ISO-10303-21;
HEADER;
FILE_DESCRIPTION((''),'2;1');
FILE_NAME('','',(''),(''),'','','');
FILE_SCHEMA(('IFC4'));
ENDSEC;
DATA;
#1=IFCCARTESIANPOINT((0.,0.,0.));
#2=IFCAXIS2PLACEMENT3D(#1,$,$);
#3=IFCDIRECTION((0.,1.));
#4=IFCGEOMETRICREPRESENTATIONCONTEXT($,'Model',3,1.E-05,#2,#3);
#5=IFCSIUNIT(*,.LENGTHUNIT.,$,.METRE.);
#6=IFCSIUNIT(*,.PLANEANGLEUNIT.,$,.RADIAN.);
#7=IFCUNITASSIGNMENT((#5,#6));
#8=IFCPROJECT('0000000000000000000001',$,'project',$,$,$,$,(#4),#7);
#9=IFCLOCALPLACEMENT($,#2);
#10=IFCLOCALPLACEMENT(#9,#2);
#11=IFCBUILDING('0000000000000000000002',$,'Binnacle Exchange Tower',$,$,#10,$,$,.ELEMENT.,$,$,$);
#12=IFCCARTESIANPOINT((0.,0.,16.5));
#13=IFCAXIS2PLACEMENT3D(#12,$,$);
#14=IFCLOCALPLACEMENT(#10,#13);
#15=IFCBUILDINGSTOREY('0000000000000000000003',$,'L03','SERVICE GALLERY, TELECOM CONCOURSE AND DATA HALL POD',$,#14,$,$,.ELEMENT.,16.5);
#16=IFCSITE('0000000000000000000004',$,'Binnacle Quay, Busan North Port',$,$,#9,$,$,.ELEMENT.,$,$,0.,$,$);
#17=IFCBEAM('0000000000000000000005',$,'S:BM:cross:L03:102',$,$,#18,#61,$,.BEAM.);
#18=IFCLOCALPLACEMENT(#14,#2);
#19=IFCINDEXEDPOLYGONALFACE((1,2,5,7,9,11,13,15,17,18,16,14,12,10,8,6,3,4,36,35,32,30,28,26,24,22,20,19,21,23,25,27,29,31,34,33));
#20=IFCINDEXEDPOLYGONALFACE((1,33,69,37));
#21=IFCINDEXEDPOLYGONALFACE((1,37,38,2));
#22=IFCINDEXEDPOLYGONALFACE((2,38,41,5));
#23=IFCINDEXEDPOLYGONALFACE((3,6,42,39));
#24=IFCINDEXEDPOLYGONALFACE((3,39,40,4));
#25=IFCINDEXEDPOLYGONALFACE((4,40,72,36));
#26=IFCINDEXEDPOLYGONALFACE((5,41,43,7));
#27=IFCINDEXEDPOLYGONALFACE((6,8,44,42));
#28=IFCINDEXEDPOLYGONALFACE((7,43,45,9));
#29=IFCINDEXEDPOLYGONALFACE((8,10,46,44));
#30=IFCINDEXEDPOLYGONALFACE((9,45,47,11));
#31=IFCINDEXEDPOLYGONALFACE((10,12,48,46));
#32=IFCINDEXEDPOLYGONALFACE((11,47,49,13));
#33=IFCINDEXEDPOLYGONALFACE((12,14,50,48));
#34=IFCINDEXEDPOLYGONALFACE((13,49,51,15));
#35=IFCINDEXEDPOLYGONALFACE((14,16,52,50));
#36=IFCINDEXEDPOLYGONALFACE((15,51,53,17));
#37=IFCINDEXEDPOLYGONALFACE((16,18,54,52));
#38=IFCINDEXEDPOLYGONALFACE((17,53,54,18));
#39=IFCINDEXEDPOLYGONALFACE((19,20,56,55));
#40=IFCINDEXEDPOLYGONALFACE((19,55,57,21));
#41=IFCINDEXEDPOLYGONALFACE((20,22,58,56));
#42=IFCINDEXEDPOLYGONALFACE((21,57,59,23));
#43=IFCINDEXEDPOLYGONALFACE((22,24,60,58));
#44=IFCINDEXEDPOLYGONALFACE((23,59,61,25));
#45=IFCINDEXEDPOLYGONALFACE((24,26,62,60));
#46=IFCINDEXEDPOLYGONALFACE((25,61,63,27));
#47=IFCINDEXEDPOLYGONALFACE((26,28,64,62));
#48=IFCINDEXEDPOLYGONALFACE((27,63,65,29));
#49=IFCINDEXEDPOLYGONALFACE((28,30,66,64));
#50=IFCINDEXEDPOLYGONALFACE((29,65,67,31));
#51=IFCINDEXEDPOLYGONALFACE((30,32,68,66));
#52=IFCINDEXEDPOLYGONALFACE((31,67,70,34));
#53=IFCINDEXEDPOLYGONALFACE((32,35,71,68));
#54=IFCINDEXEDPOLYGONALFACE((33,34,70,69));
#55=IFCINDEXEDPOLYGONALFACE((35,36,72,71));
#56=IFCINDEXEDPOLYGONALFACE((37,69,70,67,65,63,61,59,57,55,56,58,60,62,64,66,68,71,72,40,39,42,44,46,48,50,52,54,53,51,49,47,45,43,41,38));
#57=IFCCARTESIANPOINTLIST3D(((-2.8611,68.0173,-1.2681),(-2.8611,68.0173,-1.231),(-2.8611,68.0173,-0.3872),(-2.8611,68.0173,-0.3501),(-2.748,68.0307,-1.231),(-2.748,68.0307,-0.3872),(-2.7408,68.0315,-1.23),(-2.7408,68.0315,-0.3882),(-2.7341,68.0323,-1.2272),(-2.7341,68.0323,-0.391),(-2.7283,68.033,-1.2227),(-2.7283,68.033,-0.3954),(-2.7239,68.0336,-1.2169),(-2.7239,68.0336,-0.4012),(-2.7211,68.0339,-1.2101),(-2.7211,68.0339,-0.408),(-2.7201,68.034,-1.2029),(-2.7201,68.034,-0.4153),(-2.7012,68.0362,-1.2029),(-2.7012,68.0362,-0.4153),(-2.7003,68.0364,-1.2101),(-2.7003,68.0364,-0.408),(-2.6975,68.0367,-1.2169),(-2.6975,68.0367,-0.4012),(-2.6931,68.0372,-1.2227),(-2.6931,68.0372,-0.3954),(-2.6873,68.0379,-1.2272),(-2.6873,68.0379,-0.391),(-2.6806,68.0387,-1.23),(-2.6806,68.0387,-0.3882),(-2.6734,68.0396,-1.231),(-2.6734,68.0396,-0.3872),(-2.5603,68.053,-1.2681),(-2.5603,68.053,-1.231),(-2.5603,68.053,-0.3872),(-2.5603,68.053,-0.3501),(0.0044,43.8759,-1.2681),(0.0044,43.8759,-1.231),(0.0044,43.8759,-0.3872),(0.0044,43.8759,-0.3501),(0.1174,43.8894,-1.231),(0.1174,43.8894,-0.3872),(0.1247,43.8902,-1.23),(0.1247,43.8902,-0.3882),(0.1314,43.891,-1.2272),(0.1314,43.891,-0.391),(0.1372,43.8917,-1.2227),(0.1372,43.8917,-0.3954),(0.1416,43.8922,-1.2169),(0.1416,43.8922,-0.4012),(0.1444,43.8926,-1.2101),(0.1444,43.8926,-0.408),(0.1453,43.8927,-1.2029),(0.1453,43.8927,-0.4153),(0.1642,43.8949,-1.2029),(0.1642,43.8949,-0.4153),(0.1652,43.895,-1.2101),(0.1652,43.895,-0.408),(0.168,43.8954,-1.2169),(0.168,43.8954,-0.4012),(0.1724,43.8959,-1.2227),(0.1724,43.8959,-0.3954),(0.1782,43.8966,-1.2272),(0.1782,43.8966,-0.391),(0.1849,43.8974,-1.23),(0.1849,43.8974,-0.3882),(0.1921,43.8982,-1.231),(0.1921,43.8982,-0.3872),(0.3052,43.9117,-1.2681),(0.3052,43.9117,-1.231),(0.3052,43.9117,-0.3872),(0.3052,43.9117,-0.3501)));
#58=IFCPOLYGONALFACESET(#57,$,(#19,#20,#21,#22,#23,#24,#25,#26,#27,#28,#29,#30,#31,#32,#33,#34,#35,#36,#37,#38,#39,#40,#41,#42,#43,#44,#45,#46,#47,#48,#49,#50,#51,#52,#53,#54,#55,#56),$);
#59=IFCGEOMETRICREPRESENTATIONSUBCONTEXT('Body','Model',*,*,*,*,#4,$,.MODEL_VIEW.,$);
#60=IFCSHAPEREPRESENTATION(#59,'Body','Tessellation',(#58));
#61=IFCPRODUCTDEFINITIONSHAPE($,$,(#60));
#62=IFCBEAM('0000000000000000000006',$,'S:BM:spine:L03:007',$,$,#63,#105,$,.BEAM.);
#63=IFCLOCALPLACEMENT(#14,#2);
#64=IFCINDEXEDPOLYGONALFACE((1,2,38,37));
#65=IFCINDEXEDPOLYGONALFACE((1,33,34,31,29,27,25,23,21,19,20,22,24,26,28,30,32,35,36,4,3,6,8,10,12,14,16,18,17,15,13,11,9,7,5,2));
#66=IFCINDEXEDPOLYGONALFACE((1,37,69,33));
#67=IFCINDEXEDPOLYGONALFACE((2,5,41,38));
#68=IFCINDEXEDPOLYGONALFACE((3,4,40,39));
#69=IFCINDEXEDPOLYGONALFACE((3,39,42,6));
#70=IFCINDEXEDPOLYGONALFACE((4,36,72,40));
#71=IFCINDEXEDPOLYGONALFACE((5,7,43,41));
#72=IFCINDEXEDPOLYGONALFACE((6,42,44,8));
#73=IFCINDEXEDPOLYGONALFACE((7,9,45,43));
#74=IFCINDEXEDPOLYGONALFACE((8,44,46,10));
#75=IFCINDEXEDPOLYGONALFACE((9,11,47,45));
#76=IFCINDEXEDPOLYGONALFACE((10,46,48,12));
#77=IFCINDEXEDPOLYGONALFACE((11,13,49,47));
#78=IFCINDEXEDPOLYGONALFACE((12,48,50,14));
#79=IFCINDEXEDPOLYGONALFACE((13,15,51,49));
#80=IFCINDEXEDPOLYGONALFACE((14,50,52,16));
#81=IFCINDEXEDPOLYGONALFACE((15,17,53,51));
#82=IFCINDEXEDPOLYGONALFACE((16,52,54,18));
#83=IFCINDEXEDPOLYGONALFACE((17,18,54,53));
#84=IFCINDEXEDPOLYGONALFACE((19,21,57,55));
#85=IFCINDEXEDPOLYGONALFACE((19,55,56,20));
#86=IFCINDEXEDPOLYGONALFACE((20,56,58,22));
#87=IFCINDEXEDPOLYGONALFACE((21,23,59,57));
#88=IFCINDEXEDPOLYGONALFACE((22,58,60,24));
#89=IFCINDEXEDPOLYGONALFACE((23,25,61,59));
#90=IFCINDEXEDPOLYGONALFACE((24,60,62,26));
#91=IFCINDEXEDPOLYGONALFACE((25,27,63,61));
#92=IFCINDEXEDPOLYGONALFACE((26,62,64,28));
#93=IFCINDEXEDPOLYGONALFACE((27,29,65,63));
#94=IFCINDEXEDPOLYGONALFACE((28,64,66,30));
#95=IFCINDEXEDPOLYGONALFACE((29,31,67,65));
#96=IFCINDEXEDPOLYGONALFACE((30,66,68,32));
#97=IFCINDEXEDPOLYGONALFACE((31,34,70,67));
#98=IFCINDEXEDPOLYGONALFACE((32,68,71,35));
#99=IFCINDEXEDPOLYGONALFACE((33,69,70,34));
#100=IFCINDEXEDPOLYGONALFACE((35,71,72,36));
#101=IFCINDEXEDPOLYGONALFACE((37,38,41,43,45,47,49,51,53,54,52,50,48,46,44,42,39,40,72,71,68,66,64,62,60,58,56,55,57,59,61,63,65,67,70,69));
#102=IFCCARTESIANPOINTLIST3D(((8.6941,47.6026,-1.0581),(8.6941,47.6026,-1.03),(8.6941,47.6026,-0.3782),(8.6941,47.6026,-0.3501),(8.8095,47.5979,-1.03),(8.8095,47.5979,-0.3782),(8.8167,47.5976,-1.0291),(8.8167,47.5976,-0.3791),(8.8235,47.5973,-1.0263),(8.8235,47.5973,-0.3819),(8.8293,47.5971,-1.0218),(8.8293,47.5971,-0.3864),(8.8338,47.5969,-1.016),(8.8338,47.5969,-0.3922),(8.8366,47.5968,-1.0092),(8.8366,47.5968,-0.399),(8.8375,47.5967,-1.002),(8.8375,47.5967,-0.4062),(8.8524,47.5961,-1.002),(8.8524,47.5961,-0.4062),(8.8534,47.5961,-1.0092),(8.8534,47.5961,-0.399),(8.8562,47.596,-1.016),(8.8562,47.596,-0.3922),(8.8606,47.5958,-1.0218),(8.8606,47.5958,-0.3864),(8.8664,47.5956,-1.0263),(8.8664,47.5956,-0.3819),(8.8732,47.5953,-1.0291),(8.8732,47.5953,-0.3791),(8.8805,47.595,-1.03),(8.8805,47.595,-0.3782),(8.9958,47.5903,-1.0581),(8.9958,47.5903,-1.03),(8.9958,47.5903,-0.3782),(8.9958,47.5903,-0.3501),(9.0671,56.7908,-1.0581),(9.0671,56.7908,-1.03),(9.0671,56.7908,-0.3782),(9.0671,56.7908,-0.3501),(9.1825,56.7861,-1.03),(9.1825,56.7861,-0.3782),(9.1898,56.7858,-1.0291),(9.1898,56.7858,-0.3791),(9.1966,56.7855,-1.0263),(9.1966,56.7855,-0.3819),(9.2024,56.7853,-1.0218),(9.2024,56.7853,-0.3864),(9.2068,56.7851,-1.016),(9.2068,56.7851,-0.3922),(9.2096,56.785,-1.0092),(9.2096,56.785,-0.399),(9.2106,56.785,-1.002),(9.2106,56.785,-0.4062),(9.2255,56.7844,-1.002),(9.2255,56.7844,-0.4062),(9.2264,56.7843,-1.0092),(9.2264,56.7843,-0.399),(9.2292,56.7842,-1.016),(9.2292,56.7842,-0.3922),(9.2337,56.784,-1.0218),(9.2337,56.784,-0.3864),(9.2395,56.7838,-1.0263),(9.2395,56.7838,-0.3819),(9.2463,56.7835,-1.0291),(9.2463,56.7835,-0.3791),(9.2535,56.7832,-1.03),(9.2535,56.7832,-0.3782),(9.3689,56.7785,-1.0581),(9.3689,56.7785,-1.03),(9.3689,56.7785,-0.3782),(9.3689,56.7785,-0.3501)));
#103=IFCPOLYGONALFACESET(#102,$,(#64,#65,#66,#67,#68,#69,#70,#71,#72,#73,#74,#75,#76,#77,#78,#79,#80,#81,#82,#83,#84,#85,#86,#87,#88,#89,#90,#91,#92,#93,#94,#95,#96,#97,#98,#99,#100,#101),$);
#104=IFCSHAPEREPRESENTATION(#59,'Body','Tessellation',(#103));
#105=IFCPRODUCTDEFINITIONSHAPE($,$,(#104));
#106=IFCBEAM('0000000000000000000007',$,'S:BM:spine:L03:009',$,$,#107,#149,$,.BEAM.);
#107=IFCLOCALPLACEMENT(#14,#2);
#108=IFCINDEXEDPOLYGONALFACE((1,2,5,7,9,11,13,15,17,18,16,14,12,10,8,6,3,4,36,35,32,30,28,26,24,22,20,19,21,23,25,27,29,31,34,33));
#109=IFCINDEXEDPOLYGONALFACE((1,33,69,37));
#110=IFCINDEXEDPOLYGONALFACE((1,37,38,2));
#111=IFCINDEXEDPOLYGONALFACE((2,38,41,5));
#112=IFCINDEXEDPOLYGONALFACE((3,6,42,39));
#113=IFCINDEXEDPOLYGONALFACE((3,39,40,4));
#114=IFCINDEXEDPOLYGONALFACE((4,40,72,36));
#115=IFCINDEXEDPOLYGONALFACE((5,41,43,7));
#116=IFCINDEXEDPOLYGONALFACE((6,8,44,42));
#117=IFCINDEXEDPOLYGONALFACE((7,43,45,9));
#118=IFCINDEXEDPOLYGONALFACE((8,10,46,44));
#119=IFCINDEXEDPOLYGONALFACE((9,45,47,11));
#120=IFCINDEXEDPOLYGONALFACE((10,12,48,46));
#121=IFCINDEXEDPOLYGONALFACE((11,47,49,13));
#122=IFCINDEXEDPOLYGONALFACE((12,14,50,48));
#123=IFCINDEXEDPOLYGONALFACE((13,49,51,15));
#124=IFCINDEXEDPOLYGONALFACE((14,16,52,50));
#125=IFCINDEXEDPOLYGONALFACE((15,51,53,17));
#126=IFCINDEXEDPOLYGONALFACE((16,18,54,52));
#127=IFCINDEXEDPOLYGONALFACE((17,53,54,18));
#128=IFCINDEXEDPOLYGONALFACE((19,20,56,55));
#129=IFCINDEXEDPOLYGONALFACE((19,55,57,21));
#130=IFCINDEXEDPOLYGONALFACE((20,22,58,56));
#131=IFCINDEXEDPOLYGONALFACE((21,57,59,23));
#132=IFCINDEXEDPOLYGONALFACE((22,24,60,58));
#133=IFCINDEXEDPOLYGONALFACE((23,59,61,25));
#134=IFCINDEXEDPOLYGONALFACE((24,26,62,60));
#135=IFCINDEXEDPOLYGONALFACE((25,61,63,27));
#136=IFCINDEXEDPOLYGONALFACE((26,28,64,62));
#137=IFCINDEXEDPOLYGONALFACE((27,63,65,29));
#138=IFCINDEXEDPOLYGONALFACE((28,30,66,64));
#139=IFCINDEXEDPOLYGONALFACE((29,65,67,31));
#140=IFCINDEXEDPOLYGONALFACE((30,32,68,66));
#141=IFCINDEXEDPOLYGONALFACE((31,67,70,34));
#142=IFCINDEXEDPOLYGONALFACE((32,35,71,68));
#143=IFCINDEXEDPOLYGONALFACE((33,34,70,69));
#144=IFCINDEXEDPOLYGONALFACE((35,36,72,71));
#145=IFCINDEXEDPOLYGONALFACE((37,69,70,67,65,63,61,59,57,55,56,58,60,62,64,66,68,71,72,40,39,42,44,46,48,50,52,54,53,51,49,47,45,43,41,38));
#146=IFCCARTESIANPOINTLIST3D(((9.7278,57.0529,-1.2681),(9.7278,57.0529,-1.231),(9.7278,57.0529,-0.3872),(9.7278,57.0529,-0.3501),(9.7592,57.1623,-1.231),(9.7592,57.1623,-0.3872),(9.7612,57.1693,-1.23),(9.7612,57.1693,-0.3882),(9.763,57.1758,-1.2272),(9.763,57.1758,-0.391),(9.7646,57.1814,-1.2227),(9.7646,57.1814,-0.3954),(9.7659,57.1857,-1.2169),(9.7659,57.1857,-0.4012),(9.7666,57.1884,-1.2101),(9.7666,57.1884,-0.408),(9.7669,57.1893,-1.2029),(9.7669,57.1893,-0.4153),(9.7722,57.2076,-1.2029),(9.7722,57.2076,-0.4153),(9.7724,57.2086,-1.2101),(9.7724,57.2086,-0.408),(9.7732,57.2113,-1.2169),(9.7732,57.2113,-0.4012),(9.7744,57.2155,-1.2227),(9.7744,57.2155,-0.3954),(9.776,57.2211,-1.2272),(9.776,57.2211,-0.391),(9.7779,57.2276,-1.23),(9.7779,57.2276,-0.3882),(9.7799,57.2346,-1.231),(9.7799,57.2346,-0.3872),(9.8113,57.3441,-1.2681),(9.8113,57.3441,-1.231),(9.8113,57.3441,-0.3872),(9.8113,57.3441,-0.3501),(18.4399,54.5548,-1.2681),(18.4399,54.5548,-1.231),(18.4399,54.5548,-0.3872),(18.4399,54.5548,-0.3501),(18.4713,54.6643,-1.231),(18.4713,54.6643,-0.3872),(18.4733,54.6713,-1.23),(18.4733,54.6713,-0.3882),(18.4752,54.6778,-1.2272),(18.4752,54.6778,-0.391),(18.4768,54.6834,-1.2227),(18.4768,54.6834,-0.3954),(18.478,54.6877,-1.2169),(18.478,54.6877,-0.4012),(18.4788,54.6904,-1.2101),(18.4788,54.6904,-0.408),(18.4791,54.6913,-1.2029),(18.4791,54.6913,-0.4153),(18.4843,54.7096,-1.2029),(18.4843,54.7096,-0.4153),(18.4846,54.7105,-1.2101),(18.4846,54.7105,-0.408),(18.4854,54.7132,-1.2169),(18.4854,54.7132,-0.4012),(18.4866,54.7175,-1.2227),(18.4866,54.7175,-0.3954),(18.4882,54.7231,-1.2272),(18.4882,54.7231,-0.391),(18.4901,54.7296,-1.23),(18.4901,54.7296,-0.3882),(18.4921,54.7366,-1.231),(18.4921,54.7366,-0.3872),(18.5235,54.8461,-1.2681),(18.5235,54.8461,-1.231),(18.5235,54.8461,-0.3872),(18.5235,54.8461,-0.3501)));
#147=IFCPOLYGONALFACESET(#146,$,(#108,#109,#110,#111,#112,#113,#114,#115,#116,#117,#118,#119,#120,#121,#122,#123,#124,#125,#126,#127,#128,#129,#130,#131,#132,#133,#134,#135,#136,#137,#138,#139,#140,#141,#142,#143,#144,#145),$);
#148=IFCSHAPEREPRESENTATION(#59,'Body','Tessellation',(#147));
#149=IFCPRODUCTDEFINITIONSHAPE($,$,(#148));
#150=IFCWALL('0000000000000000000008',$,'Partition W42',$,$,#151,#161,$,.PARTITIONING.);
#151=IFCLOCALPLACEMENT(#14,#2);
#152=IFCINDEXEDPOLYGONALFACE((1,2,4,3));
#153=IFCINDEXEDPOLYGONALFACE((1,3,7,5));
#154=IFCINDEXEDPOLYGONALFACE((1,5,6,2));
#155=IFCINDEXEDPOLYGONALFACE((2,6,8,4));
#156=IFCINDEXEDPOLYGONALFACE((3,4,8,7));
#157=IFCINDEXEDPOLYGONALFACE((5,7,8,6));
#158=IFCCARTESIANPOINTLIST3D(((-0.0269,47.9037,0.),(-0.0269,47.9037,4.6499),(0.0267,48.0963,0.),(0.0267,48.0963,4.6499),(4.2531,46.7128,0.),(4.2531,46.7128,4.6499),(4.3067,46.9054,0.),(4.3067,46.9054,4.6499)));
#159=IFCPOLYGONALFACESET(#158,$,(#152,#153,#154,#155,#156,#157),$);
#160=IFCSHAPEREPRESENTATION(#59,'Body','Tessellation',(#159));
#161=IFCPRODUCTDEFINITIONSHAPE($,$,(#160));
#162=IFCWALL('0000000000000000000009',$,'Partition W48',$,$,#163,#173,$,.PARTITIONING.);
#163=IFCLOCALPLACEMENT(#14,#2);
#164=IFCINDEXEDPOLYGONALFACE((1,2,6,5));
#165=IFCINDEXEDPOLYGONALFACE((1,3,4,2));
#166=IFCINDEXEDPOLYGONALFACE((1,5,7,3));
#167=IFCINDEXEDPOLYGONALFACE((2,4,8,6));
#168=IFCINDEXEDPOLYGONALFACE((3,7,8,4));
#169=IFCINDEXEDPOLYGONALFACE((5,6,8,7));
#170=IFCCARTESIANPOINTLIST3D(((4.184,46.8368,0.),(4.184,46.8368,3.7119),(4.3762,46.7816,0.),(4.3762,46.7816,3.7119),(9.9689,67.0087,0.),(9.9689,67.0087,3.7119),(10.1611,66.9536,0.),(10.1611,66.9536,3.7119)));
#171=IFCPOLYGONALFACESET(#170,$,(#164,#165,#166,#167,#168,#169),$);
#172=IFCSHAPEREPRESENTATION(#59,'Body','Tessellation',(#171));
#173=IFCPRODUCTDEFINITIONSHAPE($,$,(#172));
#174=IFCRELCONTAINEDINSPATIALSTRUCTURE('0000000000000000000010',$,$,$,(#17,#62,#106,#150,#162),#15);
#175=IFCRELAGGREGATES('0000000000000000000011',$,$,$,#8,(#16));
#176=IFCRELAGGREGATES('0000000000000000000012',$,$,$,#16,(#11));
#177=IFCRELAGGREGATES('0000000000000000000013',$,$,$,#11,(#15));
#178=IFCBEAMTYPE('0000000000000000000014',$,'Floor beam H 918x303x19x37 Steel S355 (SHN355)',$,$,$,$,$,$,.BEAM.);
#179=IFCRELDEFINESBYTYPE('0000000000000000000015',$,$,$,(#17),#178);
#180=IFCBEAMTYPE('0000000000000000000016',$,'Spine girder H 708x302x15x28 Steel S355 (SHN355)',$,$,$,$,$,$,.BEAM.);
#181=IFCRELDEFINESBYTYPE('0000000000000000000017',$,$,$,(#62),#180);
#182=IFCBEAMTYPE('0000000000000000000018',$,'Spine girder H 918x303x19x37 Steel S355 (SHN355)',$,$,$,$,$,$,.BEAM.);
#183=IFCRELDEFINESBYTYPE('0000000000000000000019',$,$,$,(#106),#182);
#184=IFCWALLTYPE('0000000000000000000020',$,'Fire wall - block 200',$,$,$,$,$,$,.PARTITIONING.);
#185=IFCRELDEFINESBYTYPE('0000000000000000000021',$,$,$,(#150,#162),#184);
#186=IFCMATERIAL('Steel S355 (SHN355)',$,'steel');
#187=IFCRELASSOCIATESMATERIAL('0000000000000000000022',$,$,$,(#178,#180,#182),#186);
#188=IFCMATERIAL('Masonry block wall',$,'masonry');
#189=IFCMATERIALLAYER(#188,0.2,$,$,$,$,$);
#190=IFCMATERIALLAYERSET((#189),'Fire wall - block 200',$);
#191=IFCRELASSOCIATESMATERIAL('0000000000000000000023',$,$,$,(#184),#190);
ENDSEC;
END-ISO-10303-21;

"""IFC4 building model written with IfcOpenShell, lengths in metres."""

from ifc_helpers import new_model, si_unit, direction, frame, frame_2d, origin, origin_2d, place, context, subcontext, project, spatial, rectangle, i_section, extrude, material, layer, layer_set, material_profile, profile_set, type_object, element, save


model = new_model("IFC4")

# Units and contexts
model_context = context("Model", 3, precision=1e-05, world=origin(), true_north=direction((0.0, 1.0)))
body_context = subcontext(model_context, "Body", "Model", "MODEL_VIEW")
ifc_project = project(units=[si_unit("LENGTHUNIT", "METRE"), si_unit("PLANEANGLEUNIT", "RADIAN")], contexts=[model_context])

# Site, building, storey
site_placement = place(None, origin())
site = spatial("IfcSite", under=ifc_project, at=site_placement, Name="Binnacle Quay, Busan North Port", CompositionType="ELEMENT", RefElevation=0.0)
building_placement = place(site_placement, origin())
building = spatial("IfcBuilding", under=site, at=building_placement, Name="Binnacle Exchange Tower", CompositionType="ELEMENT")
storey_placement = place(building_placement, frame((0.0, 0.0, 16.5)))
storey = spatial("IfcBuildingStorey", under=building, at=storey_placement, Name="L03", Description="SERVICE GALLERY, TELECOM CONCOURSE AND DATA HALL POD", CompositionType="ELEMENT", Elevation=16.5)

# Beams
ifc_material_1 = material(Name="Steel S355 (SHN355)", Category="steel")
ifc_material_profile_1 = material_profile(ifc_material_1, i_section(OverallWidth=0.303, OverallDepth=0.918, WebThickness=0.019, FlangeThickness=0.0371, FilletRadius=0.0281, at=origin_2d()), Name="H 918x303x19x37")
ifc_profile_set_1 = profile_set([ifc_material_profile_1], Name="Steel S355 (SHN355)")
beam_type_1 = type_object("IfcBeamType", Name="Floor beam H 918x303x19x37 Steel S355 (SHN355)", PredefinedType="BEAM", material=ifc_profile_set_1)
beam_1_placement = place(storey_placement, frame((0.1548, 43.8938, -0.8091), z_axis=(-0.117868, 0.993029, 0.0), x_axis=(-0.993029, -0.117868, 0.0)))
element("IfcBeam", 1, at=beam_1_placement, inside=storey, type_object=beam_type_1, Name="S:BM:cross:L03:102", PredefinedType="BEAM", context=body_context, shape_type="SweptSolid", body=[
    extrude(i_section(OverallWidth=0.303, OverallDepth=0.918, WebThickness=0.019, FlangeThickness=0.0371, FilletRadius=0.0281, at=origin_2d()), origin(), (0.0, 0.0, 1.0), 24.3108),
])
ifc_material_profile_2 = material_profile(ifc_material_1, i_section(OverallWidth=0.302, OverallDepth=0.708, WebThickness=0.0149, FlangeThickness=0.0281, FilletRadius=0.0281, at=origin_2d()), Name="H 708x302x15x28")
ifc_profile_set_2 = profile_set([ifc_material_profile_2], Name="Steel S355 (SHN355)")
beam_type_2 = type_object("IfcBeamType", Name="Spine girder H 708x302x15x28 Steel S355 (SHN355)", PredefinedType="BEAM", material=ifc_profile_set_2)
beam_2_placement = place(storey_placement, frame((9.218, 56.7847, -0.7041), z_axis=(-0.040567, -0.999177, 0.0), x_axis=(0.999177, -0.040567, 0.0)))
element("IfcBeam", 2, at=beam_2_placement, inside=storey, type_object=beam_type_2, Name="S:BM:spine:L03:007", PredefinedType="BEAM", context=body_context, shape_type="SweptSolid", body=[
    extrude(i_section(OverallWidth=0.302, OverallDepth=0.708, WebThickness=0.0149, FlangeThickness=0.0281, FilletRadius=0.0281, at=origin_2d()), origin(), (0.0, 0.0, 1.0), 9.1958),
])
ifc_material_profile_3 = material_profile(ifc_material_1, i_section(OverallWidth=0.303, OverallDepth=0.918, WebThickness=0.019, FlangeThickness=0.0371, FilletRadius=0.0281, at=origin_2d()), Name="H 918x303x19x37")
ifc_profile_set_3 = profile_set([ifc_material_profile_3], Name="Steel S355 (SHN355)")
beam_type_3 = type_object("IfcBeamType", Name="Spine girder H 918x303x19x37 Steel S355 (SHN355)", PredefinedType="BEAM", material=ifc_profile_set_3)
beam_3_placement = place(storey_placement, frame((9.7695, 57.1985, -0.8091), z_axis=(0.961265, -0.275625, 0.0), x_axis=(0.275625, 0.961265, 0.0)))
element("IfcBeam", 3, at=beam_3_placement, inside=storey, type_object=beam_type_3, Name="S:BM:spine:L03:009", PredefinedType="BEAM", context=body_context, shape_type="SweptSolid", body=[
    extrude(i_section(OverallWidth=0.303, OverallDepth=0.918, WebThickness=0.019, FlangeThickness=0.0371, FilletRadius=0.0281, at=origin_2d()), origin(), (0.0, 0.0, 1.0), 9.0632),
])

# Walls
ifc_material_2 = material(Name="Masonry block wall", Category="masonry")
ifc_layer_1 = layer(ifc_material_2, 0.2)
ifc_layer_set_1 = layer_set([ifc_layer_1], Name="Fire wall - block 200")
wall_type_1 = type_object("IfcWallType", Name="Fire wall - block 200", PredefinedType="PARTITIONING", material=ifc_layer_set_1)
wall_1_placement = place(storey_placement, frame((0.0, 48.0, 0.0), z_axis=(0.0, 0.0, 1.0), x_axis=(0.963401, -0.268066, 0.0)))
element("IfcWall", 4, at=wall_1_placement, inside=storey, type_object=wall_type_1, Name="Partition W42", PredefinedType="PARTITIONING", context=body_context, shape_type="SweptSolid", body=[
    extrude(rectangle(XDim=4.4426, YDim=0.2, at=frame_2d((2.2212, 0.0))), origin(), (0.0, 0.0, 1.0), 4.6499),
])
wall_2_placement = place(storey_placement, frame((4.28, 46.8091, 0.0), z_axis=(0.0, 0.0, 1.0), x_axis=(0.275669, 0.961253, 0.0)))
element("IfcWall", 5, at=wall_2_placement, inside=storey, type_object=wall_type_1, Name="Partition W48", PredefinedType="PARTITIONING", context=body_context, shape_type="SweptSolid", body=[
    extrude(rectangle(XDim=20.9851, YDim=0.2, at=frame_2d((10.4927, 0.0))), origin(), (0.0, 0.0, 1.0), 3.7119),
])

save(model, "model.ifc")
